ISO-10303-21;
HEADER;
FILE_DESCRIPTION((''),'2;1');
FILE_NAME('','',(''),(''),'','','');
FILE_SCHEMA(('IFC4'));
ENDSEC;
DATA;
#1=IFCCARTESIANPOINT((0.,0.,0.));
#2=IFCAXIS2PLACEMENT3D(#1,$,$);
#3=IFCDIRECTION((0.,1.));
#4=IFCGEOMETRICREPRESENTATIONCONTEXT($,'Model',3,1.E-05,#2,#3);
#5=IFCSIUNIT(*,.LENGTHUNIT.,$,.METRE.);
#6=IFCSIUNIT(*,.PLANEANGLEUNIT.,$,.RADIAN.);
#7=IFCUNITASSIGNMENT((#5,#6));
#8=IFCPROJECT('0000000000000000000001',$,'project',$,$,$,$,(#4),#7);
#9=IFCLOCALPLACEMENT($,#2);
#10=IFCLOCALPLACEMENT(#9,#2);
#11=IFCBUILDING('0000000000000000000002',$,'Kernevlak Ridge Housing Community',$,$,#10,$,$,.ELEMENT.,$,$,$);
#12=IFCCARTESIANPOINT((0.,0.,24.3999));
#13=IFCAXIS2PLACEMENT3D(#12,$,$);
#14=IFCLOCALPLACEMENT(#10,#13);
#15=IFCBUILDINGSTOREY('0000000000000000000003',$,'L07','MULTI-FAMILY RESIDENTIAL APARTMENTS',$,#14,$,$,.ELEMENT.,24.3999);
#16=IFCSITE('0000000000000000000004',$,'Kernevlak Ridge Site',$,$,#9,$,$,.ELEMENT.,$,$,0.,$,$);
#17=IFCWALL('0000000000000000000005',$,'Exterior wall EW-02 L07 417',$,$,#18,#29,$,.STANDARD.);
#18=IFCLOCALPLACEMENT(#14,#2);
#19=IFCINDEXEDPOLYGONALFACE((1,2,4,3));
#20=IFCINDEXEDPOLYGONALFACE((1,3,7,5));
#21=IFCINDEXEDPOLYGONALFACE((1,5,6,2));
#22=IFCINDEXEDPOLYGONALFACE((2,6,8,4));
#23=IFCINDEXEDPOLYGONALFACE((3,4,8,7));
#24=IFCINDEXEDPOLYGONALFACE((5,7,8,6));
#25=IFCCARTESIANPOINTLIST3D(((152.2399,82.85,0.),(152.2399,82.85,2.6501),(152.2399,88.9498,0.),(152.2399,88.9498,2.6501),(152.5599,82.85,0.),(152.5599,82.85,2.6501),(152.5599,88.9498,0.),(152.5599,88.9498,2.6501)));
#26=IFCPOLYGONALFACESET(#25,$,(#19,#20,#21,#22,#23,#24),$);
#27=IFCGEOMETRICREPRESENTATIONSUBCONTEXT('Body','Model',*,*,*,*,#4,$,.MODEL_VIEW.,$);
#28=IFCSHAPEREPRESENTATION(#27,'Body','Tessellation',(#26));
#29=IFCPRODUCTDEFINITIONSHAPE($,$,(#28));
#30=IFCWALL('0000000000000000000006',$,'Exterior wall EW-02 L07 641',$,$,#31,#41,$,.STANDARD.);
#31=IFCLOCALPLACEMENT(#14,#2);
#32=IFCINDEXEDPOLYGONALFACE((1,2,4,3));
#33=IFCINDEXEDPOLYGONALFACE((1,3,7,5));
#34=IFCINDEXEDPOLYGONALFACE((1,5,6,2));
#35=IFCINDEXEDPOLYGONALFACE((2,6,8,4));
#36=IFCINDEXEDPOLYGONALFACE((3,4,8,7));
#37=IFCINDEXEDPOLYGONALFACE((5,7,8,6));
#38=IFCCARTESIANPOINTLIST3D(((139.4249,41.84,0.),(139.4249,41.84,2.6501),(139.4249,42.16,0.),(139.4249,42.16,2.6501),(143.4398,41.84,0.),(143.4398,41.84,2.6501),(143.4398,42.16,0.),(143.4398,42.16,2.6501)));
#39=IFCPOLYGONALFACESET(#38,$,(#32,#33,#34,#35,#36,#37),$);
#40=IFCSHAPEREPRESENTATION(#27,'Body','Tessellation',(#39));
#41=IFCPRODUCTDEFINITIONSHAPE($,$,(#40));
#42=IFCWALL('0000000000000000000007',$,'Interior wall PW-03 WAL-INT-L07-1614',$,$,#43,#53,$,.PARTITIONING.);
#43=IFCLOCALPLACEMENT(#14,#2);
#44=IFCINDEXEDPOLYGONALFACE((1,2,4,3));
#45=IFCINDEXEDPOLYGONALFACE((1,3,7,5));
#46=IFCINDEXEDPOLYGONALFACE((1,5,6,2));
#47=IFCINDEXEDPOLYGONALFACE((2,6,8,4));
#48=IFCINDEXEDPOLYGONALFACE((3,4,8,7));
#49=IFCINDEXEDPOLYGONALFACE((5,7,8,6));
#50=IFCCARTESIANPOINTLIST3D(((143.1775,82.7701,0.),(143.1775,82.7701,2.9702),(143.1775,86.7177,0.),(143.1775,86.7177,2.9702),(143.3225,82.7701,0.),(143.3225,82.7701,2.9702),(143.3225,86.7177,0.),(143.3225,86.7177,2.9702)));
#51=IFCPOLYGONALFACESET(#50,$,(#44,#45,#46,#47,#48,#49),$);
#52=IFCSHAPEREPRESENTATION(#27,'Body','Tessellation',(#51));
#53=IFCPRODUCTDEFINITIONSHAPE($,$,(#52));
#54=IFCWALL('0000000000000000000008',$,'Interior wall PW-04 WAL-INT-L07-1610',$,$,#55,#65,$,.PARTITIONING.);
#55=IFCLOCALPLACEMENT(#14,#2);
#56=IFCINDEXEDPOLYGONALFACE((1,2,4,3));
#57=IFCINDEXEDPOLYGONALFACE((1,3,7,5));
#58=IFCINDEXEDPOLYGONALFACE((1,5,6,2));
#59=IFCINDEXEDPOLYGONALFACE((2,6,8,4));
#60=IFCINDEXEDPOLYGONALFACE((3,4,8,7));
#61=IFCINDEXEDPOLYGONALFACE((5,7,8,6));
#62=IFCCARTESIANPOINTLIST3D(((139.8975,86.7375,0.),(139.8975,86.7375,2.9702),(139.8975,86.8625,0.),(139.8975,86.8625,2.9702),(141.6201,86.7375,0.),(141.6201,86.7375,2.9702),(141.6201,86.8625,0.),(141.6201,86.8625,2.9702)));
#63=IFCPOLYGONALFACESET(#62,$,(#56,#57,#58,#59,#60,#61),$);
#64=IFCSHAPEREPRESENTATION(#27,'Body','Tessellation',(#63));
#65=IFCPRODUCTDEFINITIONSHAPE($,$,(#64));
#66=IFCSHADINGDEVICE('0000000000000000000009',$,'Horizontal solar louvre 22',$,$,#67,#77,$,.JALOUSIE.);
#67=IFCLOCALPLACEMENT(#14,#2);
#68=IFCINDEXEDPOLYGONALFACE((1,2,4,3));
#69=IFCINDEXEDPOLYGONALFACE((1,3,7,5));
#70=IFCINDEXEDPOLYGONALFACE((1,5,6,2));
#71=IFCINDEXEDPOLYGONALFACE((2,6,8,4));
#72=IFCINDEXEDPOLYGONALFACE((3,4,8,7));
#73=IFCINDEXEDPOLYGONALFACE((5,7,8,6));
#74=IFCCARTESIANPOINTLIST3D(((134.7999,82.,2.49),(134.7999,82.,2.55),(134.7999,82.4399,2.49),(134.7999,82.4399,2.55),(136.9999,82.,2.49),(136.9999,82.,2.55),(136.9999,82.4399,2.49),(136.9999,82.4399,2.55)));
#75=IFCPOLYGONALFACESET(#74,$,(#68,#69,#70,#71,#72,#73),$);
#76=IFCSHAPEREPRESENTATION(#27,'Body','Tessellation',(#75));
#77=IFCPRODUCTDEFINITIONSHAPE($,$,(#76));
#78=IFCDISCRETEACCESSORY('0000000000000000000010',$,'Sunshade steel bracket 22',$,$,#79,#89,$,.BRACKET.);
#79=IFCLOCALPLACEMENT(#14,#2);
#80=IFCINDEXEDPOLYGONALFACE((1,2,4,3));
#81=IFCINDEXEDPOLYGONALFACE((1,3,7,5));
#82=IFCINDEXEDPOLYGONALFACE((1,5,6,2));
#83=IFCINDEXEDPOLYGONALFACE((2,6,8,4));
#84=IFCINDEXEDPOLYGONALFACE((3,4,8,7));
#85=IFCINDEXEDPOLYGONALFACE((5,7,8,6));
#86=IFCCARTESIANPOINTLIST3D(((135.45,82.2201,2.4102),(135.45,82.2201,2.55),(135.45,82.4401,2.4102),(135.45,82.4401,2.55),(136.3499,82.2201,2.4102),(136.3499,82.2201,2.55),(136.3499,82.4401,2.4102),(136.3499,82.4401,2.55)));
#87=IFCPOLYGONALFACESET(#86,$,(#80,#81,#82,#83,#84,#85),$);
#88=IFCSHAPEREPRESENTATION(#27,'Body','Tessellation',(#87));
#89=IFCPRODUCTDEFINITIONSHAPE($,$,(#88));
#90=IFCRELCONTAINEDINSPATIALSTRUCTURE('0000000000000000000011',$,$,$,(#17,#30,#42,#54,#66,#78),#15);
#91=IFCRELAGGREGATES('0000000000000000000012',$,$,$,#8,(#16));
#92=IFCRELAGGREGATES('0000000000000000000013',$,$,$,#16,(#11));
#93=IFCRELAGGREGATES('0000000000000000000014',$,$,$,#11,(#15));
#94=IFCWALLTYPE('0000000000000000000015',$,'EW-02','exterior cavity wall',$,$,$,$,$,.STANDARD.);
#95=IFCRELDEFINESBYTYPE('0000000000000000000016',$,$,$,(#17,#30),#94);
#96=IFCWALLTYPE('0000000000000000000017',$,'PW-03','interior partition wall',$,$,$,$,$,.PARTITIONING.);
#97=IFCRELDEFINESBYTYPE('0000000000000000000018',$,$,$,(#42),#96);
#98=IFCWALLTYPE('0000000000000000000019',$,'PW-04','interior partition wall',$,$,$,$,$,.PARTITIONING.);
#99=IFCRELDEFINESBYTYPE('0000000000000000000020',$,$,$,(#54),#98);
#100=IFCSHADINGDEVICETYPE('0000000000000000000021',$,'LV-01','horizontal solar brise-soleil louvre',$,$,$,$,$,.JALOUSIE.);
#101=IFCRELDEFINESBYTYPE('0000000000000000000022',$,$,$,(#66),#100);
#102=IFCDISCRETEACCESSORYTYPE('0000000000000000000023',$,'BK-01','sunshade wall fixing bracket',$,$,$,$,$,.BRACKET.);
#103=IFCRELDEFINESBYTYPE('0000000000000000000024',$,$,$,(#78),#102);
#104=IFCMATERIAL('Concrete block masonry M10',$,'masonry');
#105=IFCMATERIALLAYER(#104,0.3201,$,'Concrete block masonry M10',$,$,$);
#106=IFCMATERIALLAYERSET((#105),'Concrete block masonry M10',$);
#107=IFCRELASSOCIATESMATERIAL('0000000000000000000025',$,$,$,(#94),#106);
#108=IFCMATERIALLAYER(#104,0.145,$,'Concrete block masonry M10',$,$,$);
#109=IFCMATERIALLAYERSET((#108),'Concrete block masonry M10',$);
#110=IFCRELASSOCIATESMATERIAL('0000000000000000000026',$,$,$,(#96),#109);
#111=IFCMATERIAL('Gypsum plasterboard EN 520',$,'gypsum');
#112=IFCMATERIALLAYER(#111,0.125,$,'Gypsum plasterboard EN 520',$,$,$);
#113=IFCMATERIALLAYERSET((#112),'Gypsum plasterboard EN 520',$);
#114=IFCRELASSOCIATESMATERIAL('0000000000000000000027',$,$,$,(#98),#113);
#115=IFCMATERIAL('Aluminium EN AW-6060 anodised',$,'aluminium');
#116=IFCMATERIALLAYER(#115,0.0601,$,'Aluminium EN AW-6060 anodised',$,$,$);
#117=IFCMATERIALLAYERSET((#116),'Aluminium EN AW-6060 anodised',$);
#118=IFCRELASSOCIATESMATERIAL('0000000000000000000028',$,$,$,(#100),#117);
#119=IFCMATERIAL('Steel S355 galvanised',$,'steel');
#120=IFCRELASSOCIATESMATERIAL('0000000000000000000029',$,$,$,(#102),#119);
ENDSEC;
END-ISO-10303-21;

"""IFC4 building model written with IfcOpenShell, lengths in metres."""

from ifc_helpers import new_model, si_unit, direction, frame, frame_2d, origin, origin_2d, place, context, subcontext, project, spatial, rectangle, extrude, material, layer, layer_set, type_object, element, save


model = new_model("IFC4")

# Units and contexts
model_context = context("Model", 3, precision=1e-05, world=origin(), true_north=direction((0.0, 1.0)))
body_context = subcontext(model_context, "Body", "Model", "MODEL_VIEW")
ifc_project = project(units=[si_unit("LENGTHUNIT", "METRE"), si_unit("PLANEANGLEUNIT", "RADIAN")], contexts=[model_context])

# Site, building, storey
site_placement = place(None, origin())
site = spatial("IfcSite", under=ifc_project, at=site_placement, Name="Kernevlak Ridge Site", CompositionType="ELEMENT", RefElevation=0.0)
building_placement = place(site_placement, origin())
building = spatial("IfcBuilding", under=site, at=building_placement, Name="Kernevlak Ridge Housing Community", CompositionType="ELEMENT")
storey_placement = place(building_placement, frame((0.0, 0.0, 24.3999)))
storey = spatial("IfcBuildingStorey", under=building, at=storey_placement, Name="L07", Description="MULTI-FAMILY RESIDENTIAL APARTMENTS", CompositionType="ELEMENT", Elevation=24.3999)

# Shared definitions
ifc_material_1 = material(Name="Aluminium EN AW-6060 anodised", Category="aluminium")

# Shared definitions
ifc_material_2 = material(Name="Concrete block masonry M10", Category="masonry")
ifc_layer_1 = layer(ifc_material_2, 0.3201, Name="Concrete block masonry M10")
ifc_layer_set_1 = layer_set([ifc_layer_1], Name="Concrete block masonry M10")
wall_type_1 = type_object("IfcWallType", Name="EW-02", Description="exterior cavity wall", PredefinedType="STANDARD", material=ifc_layer_set_1)

# Walls
wall_1_placement = place(storey_placement, frame((152.3999, 82.8501, 0.0), z_axis=(0.0, 0.0, 1.0), x_axis=(0.0, 1.0, 0.0)))
element("IfcWall", 1, at=wall_1_placement, inside=storey, type_object=wall_type_1, Name="Exterior wall EW-02 L07 417", PredefinedType="STANDARD", context=body_context, shape_type="SweptSolid", body=[
    extrude(rectangle(XDim=6.0999, YDim=0.3201, at=frame_2d((3.0498, 0.0))), origin(), (0.0, 0.0, 1.0), 2.6501),
])
wall_2_placement = place(storey_placement, frame((139.425, 42.0, 0.0), z_axis=(0.0, 0.0, 1.0), x_axis=(1.0, 0.0, 0.0)))
element("IfcWall", 2, at=wall_2_placement, inside=storey, type_object=wall_type_1, Name="Exterior wall EW-02 L07 641", PredefinedType="STANDARD", context=body_context, shape_type="SweptSolid", body=[
    extrude(rectangle(XDim=4.0149, YDim=0.3201, at=frame_2d((2.0073, 0.0))), origin(), (0.0, 0.0, 1.0), 2.6501),
])
ifc_layer_2 = layer(ifc_material_2, 0.145, Name="Concrete block masonry M10")
ifc_layer_set_2 = layer_set([ifc_layer_2], Name="Concrete block masonry M10")
wall_type_2 = type_object("IfcWallType", Name="PW-03", Description="interior partition wall", PredefinedType="PARTITIONING", material=ifc_layer_set_2)
wall_3_placement = place(storey_placement, frame((143.25, 86.7175, 0.0), z_axis=(0.0, 0.0, 1.0), x_axis=(0.0, -1.0, 0.0)))
element("IfcWall", 3, at=wall_3_placement, inside=storey, type_object=wall_type_2, Name="Interior wall PW-03 WAL-INT-L07-1614", PredefinedType="PARTITIONING", context=body_context, shape_type="SweptSolid", body=[
    extrude(rectangle(XDim=3.9475, YDim=0.145, at=frame_2d((1.9736, 0.0))), origin(), (0.0, 0.0, 1.0), 2.9702),
])
ifc_material_3 = material(Name="Gypsum plasterboard EN 520", Category="gypsum")
ifc_layer_3 = layer(ifc_material_3, 0.125, Name="Gypsum plasterboard EN 520")
ifc_layer_set_3 = layer_set([ifc_layer_3], Name="Gypsum plasterboard EN 520")
wall_type_3 = type_object("IfcWallType", Name="PW-04", Description="interior partition wall", PredefinedType="PARTITIONING", material=ifc_layer_set_3)
wall_4_placement = place(storey_placement, frame((139.8975, 86.8, 0.0), z_axis=(0.0, 0.0, 1.0), x_axis=(1.0, 0.0, 0.0)))
element("IfcWall", 4, at=wall_4_placement, inside=storey, type_object=wall_type_3, Name="Interior wall PW-04 WAL-INT-L07-1610", PredefinedType="PARTITIONING", context=body_context, shape_type="SweptSolid", body=[
    extrude(rectangle(XDim=1.7227, YDim=0.125, at=frame_2d((0.8613, 0.0))), origin(), (0.0, 0.0, 1.0), 2.9702),
])

# Shading device
ifc_layer_4 = layer(ifc_material_1, 0.0601, Name="Aluminium EN AW-6060 anodised")
ifc_layer_set_4 = layer_set([ifc_layer_4], Name="Aluminium EN AW-6060 anodised")
shading_device_type = type_object("IfcShadingDeviceType", Name="LV-01", Description="horizontal solar brise-soleil louvre", PredefinedType="JALOUSIE", material=ifc_layer_set_4)
shading_device_placement = place(storey_placement, frame((135.8999, 82.22, 2.49), z_axis=(0.0, 0.0, 1.0), x_axis=(1.0, 0.0, 0.0)))
element("IfcShadingDevice", 5, at=shading_device_placement, inside=storey, type_object=shading_device_type, Name="Horizontal solar louvre 22", PredefinedType="JALOUSIE", context=body_context, shape_type="SweptSolid", body=[
    extrude(rectangle(XDim=2.2, YDim=0.4399, at=origin_2d()), origin(), (0.0, 0.0, 1.0), 0.0601),
])

# Discrete accessory
ifc_material_4 = material(Name="Steel S355 galvanised", Category="steel")
discrete_accessory_type = type_object("IfcDiscreteAccessoryType", Name="BK-01", Description="sunshade wall fixing bracket", PredefinedType="BRACKET", material=ifc_material_4)
discrete_accessory_placement = place(storey_placement, frame((135.8999, 82.3301, 2.4102), z_axis=(0.0, 0.0, 1.0), x_axis=(1.0, 0.0, 0.0)))
element("IfcDiscreteAccessory", 6, at=discrete_accessory_placement, inside=storey, type_object=discrete_accessory_type, Name="Sunshade steel bracket 22", PredefinedType="BRACKET", context=body_context, shape_type="SweptSolid", body=[
    extrude(rectangle(XDim=0.8999, YDim=0.22, at=origin_2d()), origin(), (0.0, 0.0, 1.0), 0.1399),
])

save(model, "model.ifc")
